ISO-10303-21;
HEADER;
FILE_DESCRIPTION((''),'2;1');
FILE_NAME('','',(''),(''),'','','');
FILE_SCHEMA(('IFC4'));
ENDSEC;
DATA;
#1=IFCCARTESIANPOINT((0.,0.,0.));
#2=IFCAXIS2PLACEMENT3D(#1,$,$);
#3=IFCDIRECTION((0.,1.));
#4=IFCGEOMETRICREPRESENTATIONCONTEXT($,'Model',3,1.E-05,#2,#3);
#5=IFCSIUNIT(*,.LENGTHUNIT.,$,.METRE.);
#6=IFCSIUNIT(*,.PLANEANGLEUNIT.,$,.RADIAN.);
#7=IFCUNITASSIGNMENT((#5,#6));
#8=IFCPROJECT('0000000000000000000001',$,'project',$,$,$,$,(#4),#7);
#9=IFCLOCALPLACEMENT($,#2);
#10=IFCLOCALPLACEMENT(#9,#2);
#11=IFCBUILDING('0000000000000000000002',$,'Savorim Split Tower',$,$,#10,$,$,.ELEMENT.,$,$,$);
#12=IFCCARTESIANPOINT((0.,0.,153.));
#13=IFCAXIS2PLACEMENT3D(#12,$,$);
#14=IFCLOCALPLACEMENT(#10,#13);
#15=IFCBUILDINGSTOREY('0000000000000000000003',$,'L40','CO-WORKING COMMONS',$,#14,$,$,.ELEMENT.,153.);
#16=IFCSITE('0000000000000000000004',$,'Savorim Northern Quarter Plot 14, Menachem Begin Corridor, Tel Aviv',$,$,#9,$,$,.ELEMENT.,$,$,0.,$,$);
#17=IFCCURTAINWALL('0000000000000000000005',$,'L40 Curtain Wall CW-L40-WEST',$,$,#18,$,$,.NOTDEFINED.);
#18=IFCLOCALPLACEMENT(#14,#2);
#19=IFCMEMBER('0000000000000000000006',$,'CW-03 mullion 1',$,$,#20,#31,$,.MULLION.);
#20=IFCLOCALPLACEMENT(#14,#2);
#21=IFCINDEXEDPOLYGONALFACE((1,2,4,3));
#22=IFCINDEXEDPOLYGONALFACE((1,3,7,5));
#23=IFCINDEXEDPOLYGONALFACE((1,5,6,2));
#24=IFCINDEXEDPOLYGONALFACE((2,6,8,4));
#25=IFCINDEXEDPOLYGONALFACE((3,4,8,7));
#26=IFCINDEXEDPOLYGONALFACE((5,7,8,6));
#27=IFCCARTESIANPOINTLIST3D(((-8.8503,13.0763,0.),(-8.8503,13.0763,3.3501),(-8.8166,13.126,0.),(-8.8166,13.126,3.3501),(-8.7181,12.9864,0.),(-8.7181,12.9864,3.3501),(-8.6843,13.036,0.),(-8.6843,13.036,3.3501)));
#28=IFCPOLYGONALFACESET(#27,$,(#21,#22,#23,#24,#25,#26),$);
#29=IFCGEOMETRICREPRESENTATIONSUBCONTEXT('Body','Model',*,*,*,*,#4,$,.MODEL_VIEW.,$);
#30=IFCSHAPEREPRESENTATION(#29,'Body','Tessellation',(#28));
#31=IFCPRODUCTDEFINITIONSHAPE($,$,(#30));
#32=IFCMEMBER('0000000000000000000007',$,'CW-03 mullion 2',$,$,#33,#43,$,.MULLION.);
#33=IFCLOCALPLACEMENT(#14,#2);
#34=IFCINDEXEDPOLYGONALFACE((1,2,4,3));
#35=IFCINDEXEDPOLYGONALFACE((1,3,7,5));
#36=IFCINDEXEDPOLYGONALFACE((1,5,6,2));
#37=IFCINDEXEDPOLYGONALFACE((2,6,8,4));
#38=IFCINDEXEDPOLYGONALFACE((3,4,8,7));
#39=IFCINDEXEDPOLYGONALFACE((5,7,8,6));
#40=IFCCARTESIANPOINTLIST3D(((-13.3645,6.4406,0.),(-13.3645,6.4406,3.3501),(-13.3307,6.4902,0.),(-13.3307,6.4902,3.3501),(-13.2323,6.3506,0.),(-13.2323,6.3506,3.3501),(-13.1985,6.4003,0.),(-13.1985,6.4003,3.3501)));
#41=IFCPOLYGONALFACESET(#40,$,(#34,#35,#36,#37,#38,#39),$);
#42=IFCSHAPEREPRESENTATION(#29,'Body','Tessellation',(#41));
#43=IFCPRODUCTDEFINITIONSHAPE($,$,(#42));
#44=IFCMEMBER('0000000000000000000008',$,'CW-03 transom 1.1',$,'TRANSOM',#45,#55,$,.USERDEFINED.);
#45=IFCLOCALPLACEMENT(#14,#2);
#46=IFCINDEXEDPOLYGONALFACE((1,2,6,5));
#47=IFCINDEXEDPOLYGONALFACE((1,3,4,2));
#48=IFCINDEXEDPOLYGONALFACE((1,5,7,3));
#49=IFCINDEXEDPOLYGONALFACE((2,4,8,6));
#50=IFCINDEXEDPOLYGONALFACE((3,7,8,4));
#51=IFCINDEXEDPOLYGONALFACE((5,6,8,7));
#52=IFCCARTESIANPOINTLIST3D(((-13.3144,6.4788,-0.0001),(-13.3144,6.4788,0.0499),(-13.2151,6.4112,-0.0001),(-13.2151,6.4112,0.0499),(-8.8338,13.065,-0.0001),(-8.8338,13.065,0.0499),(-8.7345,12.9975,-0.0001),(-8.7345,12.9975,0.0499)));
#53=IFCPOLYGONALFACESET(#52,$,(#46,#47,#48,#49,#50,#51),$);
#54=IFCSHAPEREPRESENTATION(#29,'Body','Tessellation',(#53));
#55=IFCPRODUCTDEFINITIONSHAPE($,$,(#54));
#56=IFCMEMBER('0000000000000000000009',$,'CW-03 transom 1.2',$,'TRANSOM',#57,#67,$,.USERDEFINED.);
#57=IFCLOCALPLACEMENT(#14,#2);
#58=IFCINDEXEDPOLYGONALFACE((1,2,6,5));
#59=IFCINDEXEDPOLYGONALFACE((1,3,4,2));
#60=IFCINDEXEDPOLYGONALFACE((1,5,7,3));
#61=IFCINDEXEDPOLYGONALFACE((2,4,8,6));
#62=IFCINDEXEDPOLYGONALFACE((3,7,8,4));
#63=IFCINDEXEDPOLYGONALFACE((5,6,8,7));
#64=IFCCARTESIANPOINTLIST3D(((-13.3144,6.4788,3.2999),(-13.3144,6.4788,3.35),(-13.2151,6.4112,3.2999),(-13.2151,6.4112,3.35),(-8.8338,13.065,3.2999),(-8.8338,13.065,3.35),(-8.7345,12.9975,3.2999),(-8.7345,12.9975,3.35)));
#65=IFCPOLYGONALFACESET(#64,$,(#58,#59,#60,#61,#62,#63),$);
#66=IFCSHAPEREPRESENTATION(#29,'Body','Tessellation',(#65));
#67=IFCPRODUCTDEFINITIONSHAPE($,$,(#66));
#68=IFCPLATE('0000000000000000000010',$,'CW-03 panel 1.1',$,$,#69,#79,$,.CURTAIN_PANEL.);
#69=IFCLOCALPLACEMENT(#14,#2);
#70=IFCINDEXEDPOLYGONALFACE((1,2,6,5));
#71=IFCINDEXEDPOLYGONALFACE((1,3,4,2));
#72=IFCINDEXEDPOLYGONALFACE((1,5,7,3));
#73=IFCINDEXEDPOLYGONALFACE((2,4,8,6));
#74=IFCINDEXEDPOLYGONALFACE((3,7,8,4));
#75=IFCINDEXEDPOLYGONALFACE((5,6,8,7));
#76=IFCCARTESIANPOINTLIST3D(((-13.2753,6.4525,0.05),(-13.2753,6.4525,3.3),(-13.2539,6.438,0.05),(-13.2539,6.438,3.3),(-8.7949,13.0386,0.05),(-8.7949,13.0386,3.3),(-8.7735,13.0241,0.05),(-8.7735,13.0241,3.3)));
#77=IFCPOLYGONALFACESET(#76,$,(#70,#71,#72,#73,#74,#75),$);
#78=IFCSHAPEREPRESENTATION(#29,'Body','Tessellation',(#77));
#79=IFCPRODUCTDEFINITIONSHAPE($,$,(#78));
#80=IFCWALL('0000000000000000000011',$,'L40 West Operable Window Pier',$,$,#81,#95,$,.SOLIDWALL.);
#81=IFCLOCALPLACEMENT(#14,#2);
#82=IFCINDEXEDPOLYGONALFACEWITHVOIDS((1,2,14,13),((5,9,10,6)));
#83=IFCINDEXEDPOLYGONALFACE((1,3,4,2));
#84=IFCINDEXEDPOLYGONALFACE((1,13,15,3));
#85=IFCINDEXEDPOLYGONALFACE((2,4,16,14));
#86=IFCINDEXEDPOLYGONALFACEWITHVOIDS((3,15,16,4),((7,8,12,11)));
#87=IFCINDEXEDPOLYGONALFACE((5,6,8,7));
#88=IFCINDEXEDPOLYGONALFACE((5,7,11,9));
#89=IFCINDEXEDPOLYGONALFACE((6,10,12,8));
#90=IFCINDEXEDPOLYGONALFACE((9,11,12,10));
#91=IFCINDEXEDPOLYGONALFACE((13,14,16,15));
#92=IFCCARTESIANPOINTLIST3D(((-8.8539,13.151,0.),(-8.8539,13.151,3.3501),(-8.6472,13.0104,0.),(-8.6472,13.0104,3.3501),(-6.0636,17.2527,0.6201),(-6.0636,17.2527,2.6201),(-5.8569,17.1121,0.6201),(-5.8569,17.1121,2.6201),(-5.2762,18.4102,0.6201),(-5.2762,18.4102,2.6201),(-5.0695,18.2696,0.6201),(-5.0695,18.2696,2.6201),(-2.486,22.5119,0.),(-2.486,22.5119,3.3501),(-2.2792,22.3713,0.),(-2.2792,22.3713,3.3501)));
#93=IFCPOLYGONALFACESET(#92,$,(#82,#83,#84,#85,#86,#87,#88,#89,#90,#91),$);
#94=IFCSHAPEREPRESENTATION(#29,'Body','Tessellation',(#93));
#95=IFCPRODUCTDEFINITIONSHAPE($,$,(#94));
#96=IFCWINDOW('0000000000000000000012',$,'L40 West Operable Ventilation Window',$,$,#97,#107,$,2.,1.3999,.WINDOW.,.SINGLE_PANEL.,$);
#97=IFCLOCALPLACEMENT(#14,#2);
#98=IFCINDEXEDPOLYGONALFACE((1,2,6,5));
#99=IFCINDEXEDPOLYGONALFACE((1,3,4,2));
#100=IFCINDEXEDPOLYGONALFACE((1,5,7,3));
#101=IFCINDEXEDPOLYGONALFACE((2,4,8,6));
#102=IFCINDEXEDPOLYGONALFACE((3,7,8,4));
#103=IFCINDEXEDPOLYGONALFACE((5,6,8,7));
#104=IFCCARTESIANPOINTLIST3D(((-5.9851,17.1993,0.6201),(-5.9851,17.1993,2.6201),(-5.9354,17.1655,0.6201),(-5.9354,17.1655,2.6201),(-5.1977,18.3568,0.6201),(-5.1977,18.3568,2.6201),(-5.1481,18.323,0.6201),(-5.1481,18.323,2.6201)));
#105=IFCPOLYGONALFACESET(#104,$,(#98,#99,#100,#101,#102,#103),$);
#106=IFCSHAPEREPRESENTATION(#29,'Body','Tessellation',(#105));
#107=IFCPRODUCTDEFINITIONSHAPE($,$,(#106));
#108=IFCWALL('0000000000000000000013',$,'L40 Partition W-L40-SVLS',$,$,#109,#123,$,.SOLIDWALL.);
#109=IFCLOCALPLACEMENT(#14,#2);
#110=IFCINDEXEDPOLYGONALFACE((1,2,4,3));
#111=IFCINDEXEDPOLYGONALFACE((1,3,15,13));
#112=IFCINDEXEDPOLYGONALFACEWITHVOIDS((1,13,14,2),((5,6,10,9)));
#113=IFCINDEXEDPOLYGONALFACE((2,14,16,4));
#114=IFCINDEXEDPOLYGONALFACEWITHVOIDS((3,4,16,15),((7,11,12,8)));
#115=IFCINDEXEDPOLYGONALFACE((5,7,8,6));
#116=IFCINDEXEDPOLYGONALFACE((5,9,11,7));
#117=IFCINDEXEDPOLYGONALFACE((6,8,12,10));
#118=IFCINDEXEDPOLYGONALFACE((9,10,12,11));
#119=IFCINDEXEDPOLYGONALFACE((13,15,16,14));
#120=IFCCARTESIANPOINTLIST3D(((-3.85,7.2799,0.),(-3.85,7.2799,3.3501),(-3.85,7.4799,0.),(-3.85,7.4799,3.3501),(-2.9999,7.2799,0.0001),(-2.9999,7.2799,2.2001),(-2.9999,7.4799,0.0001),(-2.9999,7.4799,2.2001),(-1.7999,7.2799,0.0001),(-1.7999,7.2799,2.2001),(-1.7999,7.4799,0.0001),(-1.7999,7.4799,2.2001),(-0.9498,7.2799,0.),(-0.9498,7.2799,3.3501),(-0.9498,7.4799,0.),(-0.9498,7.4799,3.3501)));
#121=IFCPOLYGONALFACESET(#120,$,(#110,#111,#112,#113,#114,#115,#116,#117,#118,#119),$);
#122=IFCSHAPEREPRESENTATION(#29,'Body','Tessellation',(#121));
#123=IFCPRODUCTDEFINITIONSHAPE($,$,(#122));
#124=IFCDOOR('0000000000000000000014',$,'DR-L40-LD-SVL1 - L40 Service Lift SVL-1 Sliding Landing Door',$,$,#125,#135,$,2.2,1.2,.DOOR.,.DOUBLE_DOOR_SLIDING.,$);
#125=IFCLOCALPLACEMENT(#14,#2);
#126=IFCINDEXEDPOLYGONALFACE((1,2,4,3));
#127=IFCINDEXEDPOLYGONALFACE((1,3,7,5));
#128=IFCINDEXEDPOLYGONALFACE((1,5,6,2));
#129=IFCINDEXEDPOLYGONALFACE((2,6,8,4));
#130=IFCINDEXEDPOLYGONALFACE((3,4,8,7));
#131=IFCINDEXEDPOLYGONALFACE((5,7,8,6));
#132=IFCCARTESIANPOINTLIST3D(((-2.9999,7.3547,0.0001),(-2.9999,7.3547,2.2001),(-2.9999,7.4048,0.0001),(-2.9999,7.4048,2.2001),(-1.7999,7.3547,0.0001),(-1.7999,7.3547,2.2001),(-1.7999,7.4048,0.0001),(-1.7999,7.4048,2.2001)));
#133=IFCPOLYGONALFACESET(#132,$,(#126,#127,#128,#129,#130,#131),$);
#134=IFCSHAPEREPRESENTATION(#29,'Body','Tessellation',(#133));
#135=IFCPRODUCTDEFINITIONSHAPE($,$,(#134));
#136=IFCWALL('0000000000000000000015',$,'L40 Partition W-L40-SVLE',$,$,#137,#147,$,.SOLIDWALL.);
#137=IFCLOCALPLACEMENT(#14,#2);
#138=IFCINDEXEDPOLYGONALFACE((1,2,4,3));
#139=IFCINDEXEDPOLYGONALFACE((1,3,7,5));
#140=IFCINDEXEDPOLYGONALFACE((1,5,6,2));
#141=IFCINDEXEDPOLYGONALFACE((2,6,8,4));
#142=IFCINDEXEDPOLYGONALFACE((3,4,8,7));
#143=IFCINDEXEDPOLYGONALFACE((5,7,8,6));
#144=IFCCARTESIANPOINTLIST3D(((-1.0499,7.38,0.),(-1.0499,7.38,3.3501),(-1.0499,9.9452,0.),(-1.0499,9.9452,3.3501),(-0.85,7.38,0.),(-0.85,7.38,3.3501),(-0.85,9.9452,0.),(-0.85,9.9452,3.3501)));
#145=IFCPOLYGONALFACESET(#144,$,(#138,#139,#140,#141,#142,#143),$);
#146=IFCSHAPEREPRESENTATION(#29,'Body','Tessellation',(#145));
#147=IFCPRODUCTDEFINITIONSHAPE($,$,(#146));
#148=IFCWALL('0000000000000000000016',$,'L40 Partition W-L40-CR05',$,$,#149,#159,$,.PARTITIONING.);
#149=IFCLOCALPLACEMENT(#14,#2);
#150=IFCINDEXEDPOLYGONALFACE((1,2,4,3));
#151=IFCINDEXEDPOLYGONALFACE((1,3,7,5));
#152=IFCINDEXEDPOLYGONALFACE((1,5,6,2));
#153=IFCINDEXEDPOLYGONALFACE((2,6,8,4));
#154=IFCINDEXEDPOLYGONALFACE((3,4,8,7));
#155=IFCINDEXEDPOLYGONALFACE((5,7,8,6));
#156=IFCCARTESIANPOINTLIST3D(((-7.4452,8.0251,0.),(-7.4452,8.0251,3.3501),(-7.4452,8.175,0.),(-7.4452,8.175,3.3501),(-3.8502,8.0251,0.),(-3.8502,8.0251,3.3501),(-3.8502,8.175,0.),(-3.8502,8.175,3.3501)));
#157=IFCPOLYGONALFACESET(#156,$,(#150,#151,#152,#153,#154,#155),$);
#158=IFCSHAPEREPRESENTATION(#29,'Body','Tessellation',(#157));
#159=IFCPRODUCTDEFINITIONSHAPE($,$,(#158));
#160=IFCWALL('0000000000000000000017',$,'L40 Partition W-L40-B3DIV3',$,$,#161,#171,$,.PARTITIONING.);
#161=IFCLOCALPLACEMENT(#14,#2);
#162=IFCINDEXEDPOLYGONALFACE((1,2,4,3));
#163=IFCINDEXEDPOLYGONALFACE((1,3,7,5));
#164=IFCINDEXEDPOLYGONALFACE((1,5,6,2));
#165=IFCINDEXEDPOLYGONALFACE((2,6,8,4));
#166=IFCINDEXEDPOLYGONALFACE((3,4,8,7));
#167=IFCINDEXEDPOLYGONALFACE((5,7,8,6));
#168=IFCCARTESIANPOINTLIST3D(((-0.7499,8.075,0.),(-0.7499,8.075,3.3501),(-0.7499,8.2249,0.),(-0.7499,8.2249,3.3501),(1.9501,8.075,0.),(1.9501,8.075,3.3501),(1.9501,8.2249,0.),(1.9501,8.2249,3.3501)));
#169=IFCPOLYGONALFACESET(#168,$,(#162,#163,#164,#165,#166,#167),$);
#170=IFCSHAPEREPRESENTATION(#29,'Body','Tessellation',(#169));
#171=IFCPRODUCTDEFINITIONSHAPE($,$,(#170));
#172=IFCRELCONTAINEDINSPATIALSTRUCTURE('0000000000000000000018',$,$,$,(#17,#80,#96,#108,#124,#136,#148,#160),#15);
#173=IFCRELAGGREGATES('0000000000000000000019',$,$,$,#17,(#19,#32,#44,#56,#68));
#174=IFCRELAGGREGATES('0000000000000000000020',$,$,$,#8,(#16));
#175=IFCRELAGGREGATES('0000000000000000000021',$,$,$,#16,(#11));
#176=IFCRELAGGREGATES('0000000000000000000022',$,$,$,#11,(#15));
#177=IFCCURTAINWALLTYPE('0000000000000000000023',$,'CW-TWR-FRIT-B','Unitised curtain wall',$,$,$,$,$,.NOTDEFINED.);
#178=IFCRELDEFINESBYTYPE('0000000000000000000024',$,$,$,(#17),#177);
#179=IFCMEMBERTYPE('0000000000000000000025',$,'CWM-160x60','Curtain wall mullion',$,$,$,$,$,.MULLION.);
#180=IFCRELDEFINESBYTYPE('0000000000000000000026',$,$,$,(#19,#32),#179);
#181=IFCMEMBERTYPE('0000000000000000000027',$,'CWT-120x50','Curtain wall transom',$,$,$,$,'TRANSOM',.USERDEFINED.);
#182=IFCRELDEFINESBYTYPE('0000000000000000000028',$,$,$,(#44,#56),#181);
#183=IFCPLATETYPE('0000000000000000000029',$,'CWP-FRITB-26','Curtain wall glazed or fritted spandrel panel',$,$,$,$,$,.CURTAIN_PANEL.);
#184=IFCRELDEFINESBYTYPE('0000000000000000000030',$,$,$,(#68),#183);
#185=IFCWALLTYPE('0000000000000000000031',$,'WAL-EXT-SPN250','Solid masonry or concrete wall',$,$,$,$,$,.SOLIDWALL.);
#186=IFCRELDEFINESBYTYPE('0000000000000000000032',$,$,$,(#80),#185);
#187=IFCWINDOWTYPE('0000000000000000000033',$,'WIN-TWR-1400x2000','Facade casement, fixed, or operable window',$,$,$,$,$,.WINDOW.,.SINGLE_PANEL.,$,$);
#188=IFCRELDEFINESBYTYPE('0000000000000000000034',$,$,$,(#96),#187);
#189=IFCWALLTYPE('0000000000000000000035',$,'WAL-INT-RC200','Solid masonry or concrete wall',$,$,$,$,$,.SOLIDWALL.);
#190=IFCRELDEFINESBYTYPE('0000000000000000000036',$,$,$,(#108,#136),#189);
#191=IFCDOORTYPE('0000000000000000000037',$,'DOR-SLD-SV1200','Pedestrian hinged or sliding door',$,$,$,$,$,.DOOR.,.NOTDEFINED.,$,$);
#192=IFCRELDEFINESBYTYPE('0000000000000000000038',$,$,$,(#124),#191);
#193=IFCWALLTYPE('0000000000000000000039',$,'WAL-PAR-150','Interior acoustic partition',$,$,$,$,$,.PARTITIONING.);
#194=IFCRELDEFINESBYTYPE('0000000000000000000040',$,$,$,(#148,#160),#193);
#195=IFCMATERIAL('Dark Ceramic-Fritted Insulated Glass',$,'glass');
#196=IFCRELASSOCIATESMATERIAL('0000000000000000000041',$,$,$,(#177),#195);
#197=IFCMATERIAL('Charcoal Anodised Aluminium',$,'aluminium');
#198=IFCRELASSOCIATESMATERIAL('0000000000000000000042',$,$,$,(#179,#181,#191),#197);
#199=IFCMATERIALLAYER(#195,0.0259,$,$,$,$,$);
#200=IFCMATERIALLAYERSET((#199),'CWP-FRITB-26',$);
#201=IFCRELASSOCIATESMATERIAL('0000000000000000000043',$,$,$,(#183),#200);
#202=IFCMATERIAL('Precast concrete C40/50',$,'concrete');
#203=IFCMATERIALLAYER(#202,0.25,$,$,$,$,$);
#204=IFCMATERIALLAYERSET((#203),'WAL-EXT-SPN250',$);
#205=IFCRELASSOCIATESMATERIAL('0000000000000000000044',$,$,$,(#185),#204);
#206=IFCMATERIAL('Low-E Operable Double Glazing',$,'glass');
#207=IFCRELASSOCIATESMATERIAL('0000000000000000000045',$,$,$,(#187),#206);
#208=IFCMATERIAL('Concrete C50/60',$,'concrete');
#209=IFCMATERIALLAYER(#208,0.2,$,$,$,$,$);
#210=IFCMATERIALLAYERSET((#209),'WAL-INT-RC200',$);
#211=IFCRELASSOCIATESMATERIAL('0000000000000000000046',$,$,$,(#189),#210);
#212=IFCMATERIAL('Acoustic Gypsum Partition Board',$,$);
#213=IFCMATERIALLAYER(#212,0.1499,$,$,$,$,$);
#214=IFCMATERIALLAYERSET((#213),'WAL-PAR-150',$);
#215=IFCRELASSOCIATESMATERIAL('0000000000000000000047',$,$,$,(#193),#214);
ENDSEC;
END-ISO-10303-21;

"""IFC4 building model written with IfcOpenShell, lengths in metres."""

from ifc_helpers import new_model, si_unit, direction, frame, frame_2d, origin, origin_2d, place, context, subcontext, project, spatial, rectangle, extrude, material, layer, layer_set, material_profile, profile_set, type_object, element, fill, aggregate, save


model = new_model("IFC4")

# Units and contexts
model_context = context("Model", 3, precision=1e-05, world=origin(), true_north=direction((0.0, 1.0)))
body_context = subcontext(model_context, "Body", "Model", "MODEL_VIEW")
ifc_project = project(units=[si_unit("LENGTHUNIT", "METRE"), si_unit("PLANEANGLEUNIT", "RADIAN")], contexts=[model_context])

# Site, building, storey
site_placement = place(None, origin())
site = spatial("IfcSite", under=ifc_project, at=site_placement, Name="Savorim Northern Quarter Plot 14, Menachem Begin Corridor, Tel Aviv", CompositionType="ELEMENT", RefElevation=0.0)
building_placement = place(site_placement, origin())
building = spatial("IfcBuilding", under=site, at=building_placement, Name="Savorim Split Tower", CompositionType="ELEMENT")
storey_placement = place(building_placement, frame((0.0, 0.0, 153.0)))
storey = spatial("IfcBuildingStorey", under=building, at=storey_placement, Name="L40", Description="CO-WORKING COMMONS", CompositionType="ELEMENT", Elevation=153.0)

# Curtain wall, members, plate
ifc_material_1 = material(Name="Dark Ceramic-Fritted Insulated Glass", Category="glass")
curtain_wall_type = type_object("IfcCurtainWallType", Name="CW-TWR-FRIT-B", Description="Unitised curtain wall", PredefinedType="NOTDEFINED", material=ifc_material_1)
curtain_wall_placement = place(storey_placement, origin())
curtain_wall = element("IfcCurtainWall", 1, at=curtain_wall_placement, inside=storey, type_object=curtain_wall_type, Name="L40 Curtain Wall CW-L40-WEST", PredefinedType="NOTDEFINED")
ifc_material_2 = material(Name="Charcoal Anodised Aluminium", Category="aluminium")
ifc_material_profile_1 = material_profile(ifc_material_2, rectangle(XDim=0.1599, YDim=0.0601, at=origin_2d()), Name="ALU-M 160x60")
ifc_profile_set_1 = profile_set([ifc_material_profile_1], Name="Charcoal Anodised Aluminium")
member_type_1 = type_object("IfcMemberType", Name="CWM-160x60", Description="Curtain wall mullion", PredefinedType="MULLION", material=ifc_profile_set_1)
member_1_placement = place(storey_placement, frame((-8.7673, 13.0562, 0.0), z_axis=(0.0, 0.0, 1.0), x_axis=(0.82682, -0.562466, 0.0)))
member_1 = element("IfcMember", 2, at=member_1_placement, type_object=member_type_1, Name="CW-03 mullion 1", PredefinedType="MULLION", context=body_context, shape_type="SweptSolid", body=[
    extrude(rectangle(XDim=0.1599, YDim=0.0601, at=origin_2d()), origin(), (0.0, 0.0, 1.0), 3.3501),
])
member_2_placement = place(storey_placement, frame((-13.2815, 6.4204, 0.0), z_axis=(0.0, 0.0, 1.0), x_axis=(0.82682, -0.562466, 0.0)))
member_2 = element("IfcMember", 3, at=member_2_placement, type_object=member_type_1, Name="CW-03 mullion 2", PredefinedType="MULLION", context=body_context, shape_type="SweptSolid", body=[
    extrude(rectangle(XDim=0.1599, YDim=0.0601, at=origin_2d()), origin(), (0.0, 0.0, 1.0), 3.3501),
])
ifc_material_profile_2 = material_profile(ifc_material_2, rectangle(XDim=0.1201, YDim=0.05, at=origin_2d()), Name="ALU-T 120x50")
ifc_profile_set_2 = profile_set([ifc_material_profile_2], Name="Charcoal Anodised Aluminium")
member_type_2 = type_object("IfcMemberType", Name="CWT-120x50", Description="Curtain wall transom", ElementType="TRANSOM", PredefinedType="USERDEFINED", material=ifc_profile_set_2)
member_3_placement = place(storey_placement, frame((-8.7842, 13.0312, 0.0249), z_axis=(-0.56247, -0.826818, 0.0), x_axis=(0.826818, -0.56247, 0.0)))
member_3 = element("IfcMember", 4, at=member_3_placement, type_object=member_type_2, Name="CW-03 transom 1.1", ObjectType="TRANSOM", PredefinedType="USERDEFINED", context=body_context, shape_type="SweptSolid", body=[
    extrude(rectangle(XDim=0.1201, YDim=0.05, at=origin_2d()), origin(), (0.0, 0.0, 1.0), 7.9658),
])
member_4_placement = place(storey_placement, frame((-8.7842, 13.0312, 3.325), z_axis=(-0.56247, -0.826818, 0.0), x_axis=(0.826818, -0.56247, 0.0)))
member_4 = element("IfcMember", 5, at=member_4_placement, type_object=member_type_2, Name="CW-03 transom 1.2", ObjectType="TRANSOM", PredefinedType="USERDEFINED", context=body_context, shape_type="SweptSolid", body=[
    extrude(rectangle(XDim=0.1201, YDim=0.05, at=origin_2d()), origin(), (0.0, 0.0, 1.0), 7.9658),
])
ifc_layer_1 = layer(ifc_material_1, 0.0259)
ifc_layer_set_1 = layer_set([ifc_layer_1], Name="CWP-FRITB-26")
plate_type = type_object("IfcPlateType", Name="CWP-FRITB-26", Description="Curtain wall glazed or fritted spandrel panel", PredefinedType="CURTAIN_PANEL", material=ifc_layer_set_1)
plate_placement = place(storey_placement, frame((-11.0244, 9.7383, 0.05), z_axis=(0.0, 0.0, 1.0), x_axis=(-0.562466, -0.82682, 0.0)))
plate = element("IfcPlate", 6, at=plate_placement, type_object=plate_type, Name="CW-03 panel 1.1", PredefinedType="CURTAIN_PANEL", context=body_context, shape_type="SweptSolid", body=[
    extrude(rectangle(XDim=7.9656, YDim=0.0259, at=origin_2d()), origin(), (0.0, 0.0, 1.0), 3.25),
])
aggregate(curtain_wall, [member_1, member_2, member_3, member_4, plate])

# Shared definitions
ifc_material_3 = material(Name="Precast concrete C40/50", Category="concrete")

# Wall, opening, window
ifc_layer_2 = layer(ifc_material_3, 0.25)
ifc_layer_set_2 = layer_set([ifc_layer_2], Name="WAL-EXT-SPN250")
wall_type_1 = type_object("IfcWallType", Name="WAL-EXT-SPN250", Description="Solid masonry or concrete wall", PredefinedType="SOLIDWALL", material=ifc_layer_set_2)
wall_1_placement = place(storey_placement, frame((-8.7505, 13.0808, 0.0), z_axis=(0.0, 0.0, 1.0), x_axis=(0.562464, 0.826822, 0.0)))
wall_1 = element("IfcWall", 7, at=wall_1_placement, inside=storey, type_object=wall_type_1, Name="L40 West Operable Window Pier", PredefinedType="SOLIDWALL", context=body_context, shape_type="SweptSolid", body=[
    extrude(rectangle(XDim=11.3215, YDim=0.25, at=frame_2d((5.6606, 0.0))), origin(), (0.0, 0.0, 1.0), 3.3501),
])
opening_1_placement = place(wall_1_placement, frame((4.9607, 0.0, 0.6201)))
opening_1 = element("IfcOpeningElement", 8, at=opening_1_placement, cuts=wall_1, PredefinedType="OPENING", context=body_context, shape_type="SweptSolid", body=[
    extrude(rectangle(XDim=1.3999, YDim=2.0, at=frame_2d((0.7, 1.0))), frame((0.0, 0.135, 0.0), z_axis=(0.0, -1.0, 0.0), x_axis=(1.0, 0.0, 0.0)), (0.0, 0.0, 1.0), 0.27),
])
ifc_material_4 = material(Name="Low-E Operable Double Glazing", Category="glass")
window_type = type_object("IfcWindowType", Name="WIN-TWR-1400x2000", Description="Facade casement, fixed, or operable window", PartitioningType="SINGLE_PANEL", PredefinedType="WINDOW", material=ifc_material_4)
window_placement = place(opening_1_placement, origin())
window = element("IfcWindow", 9, at=window_placement, inside=storey, type_object=window_type, Name="L40 West Operable Ventilation Window", OverallHeight=2.0, OverallWidth=1.3999, PartitioningType="SINGLE_PANEL", PredefinedType="WINDOW", context=body_context, shape_type="SweptSolid", body=[
    extrude(rectangle(XDim=1.3999, YDim=2.0, at=frame_2d((0.7, 1.0))), frame((0.0, 0.03, 0.0), z_axis=(0.0, -1.0, 0.0), x_axis=(1.0, 0.0, 0.0)), (0.0, 0.0, 1.0), 0.0601),
])
fill(opening_1, window)

# Wall, opening, door
ifc_material_5 = material(Name="Concrete C50/60", Category="concrete")
ifc_layer_3 = layer(ifc_material_5, 0.2)
ifc_layer_set_3 = layer_set([ifc_layer_3], Name="WAL-INT-RC200")
wall_type_2 = type_object("IfcWallType", Name="WAL-INT-RC200", Description="Solid masonry or concrete wall", PredefinedType="SOLIDWALL", material=ifc_layer_set_3)
wall_2_placement = place(storey_placement, frame((-3.8501, 7.3799, 0.0), z_axis=(0.0, 0.0, 1.0), x_axis=(1.0, 0.0, 0.0)))
wall_2 = element("IfcWall", 10, at=wall_2_placement, inside=storey, type_object=wall_type_2, Name="L40 Partition W-L40-SVLS", PredefinedType="SOLIDWALL", context=body_context, shape_type="SweptSolid", body=[
    extrude(rectangle(XDim=2.9001, YDim=0.2, at=frame_2d((1.4502, 0.0))), origin(), (0.0, 0.0, 1.0), 3.3501),
])
opening_2_placement = place(wall_2_placement, frame((0.8501, 0.0, 0.0)))
opening_2 = element("IfcOpeningElement", 11, at=opening_2_placement, cuts=wall_2, PredefinedType="OPENING", context=body_context, shape_type="SweptSolid", body=[
    extrude(rectangle(XDim=1.2, YDim=2.2, at=frame_2d((0.6001, 1.1001))), frame((0.0, 0.1099, 0.0), z_axis=(0.0, -1.0, 0.0), x_axis=(1.0, 0.0, 0.0)), (0.0, 0.0, 1.0), 0.22),
])
door_type_1 = type_object("IfcDoorType", Name="DOR-SLD-SV1200", Description="Pedestrian hinged or sliding door", OperationType="NOTDEFINED", PredefinedType="DOOR", material=ifc_material_2)
door_1_placement = place(opening_2_placement, origin())
door_1 = element("IfcDoor", 12, at=door_1_placement, inside=storey, type_object=door_type_1, Name="DR-L40-LD-SVL1 - L40 Service Lift SVL-1 Sliding Landing Door", OperationType="DOUBLE_DOOR_SLIDING", OverallHeight=2.2, OverallWidth=1.2, PredefinedType="DOOR", context=body_context, shape_type="SweptSolid", body=[
    extrude(rectangle(XDim=1.2, YDim=2.2, at=frame_2d((0.6001, 1.1001))), frame((0.0, 0.0249, 0.0), z_axis=(0.0, -1.0, 0.0), x_axis=(1.0, 0.0, 0.0)), (0.0, 0.0, 1.0), 0.05),
])
fill(opening_2, door_1)

# Walls
wall_3_placement = place(storey_placement, frame((-0.95, 7.3799, 0.0), z_axis=(0.0, 0.0, 1.0), x_axis=(0.0, 1.0, 0.0)))
element("IfcWall", 13, at=wall_3_placement, inside=storey, type_object=wall_type_2, Name="L40 Partition W-L40-SVLE", PredefinedType="SOLIDWALL", context=body_context, shape_type="SweptSolid", body=[
    extrude(rectangle(XDim=2.5652, YDim=0.2, at=frame_2d((1.2827, 0.0))), origin(), (0.0, 0.0, 1.0), 3.3501),
])
ifc_material_6 = material(Name="Acoustic Gypsum Partition Board")
ifc_layer_4 = layer(ifc_material_6, 0.1499)
ifc_layer_set_4 = layer_set([ifc_layer_4], Name="WAL-PAR-150")
wall_type_3 = type_object("IfcWallType", Name="WAL-PAR-150", Description="Interior acoustic partition", PredefinedType="PARTITIONING", material=ifc_layer_set_4)
wall_4_placement = place(storey_placement, frame((-7.4451, 8.1001, 0.0), z_axis=(0.0, 0.0, 1.0), x_axis=(1.0, 0.0, 0.0)))
element("IfcWall", 14, at=wall_4_placement, inside=storey, type_object=wall_type_3, Name="L40 Partition W-L40-CR05", PredefinedType="PARTITIONING", context=body_context, shape_type="SweptSolid", body=[
    extrude(rectangle(XDim=3.595, YDim=0.1499, at=frame_2d((1.7974, 0.0))), origin(), (0.0, 0.0, 1.0), 3.3501),
])
wall_5_placement = place(storey_placement, frame((-0.75, 8.1499, 0.0), z_axis=(0.0, 0.0, 1.0), x_axis=(1.0, 0.0, 0.0)))
element("IfcWall", 15, at=wall_5_placement, inside=storey, type_object=wall_type_3, Name="L40 Partition W-L40-B3DIV3", PredefinedType="PARTITIONING", context=body_context, shape_type="SweptSolid", body=[
    extrude(rectangle(XDim=2.7, YDim=0.1499, at=frame_2d((1.3501, 0.0))), origin(), (0.0, 0.0, 1.0), 3.3501),
])

save(model, "model.ifc")
